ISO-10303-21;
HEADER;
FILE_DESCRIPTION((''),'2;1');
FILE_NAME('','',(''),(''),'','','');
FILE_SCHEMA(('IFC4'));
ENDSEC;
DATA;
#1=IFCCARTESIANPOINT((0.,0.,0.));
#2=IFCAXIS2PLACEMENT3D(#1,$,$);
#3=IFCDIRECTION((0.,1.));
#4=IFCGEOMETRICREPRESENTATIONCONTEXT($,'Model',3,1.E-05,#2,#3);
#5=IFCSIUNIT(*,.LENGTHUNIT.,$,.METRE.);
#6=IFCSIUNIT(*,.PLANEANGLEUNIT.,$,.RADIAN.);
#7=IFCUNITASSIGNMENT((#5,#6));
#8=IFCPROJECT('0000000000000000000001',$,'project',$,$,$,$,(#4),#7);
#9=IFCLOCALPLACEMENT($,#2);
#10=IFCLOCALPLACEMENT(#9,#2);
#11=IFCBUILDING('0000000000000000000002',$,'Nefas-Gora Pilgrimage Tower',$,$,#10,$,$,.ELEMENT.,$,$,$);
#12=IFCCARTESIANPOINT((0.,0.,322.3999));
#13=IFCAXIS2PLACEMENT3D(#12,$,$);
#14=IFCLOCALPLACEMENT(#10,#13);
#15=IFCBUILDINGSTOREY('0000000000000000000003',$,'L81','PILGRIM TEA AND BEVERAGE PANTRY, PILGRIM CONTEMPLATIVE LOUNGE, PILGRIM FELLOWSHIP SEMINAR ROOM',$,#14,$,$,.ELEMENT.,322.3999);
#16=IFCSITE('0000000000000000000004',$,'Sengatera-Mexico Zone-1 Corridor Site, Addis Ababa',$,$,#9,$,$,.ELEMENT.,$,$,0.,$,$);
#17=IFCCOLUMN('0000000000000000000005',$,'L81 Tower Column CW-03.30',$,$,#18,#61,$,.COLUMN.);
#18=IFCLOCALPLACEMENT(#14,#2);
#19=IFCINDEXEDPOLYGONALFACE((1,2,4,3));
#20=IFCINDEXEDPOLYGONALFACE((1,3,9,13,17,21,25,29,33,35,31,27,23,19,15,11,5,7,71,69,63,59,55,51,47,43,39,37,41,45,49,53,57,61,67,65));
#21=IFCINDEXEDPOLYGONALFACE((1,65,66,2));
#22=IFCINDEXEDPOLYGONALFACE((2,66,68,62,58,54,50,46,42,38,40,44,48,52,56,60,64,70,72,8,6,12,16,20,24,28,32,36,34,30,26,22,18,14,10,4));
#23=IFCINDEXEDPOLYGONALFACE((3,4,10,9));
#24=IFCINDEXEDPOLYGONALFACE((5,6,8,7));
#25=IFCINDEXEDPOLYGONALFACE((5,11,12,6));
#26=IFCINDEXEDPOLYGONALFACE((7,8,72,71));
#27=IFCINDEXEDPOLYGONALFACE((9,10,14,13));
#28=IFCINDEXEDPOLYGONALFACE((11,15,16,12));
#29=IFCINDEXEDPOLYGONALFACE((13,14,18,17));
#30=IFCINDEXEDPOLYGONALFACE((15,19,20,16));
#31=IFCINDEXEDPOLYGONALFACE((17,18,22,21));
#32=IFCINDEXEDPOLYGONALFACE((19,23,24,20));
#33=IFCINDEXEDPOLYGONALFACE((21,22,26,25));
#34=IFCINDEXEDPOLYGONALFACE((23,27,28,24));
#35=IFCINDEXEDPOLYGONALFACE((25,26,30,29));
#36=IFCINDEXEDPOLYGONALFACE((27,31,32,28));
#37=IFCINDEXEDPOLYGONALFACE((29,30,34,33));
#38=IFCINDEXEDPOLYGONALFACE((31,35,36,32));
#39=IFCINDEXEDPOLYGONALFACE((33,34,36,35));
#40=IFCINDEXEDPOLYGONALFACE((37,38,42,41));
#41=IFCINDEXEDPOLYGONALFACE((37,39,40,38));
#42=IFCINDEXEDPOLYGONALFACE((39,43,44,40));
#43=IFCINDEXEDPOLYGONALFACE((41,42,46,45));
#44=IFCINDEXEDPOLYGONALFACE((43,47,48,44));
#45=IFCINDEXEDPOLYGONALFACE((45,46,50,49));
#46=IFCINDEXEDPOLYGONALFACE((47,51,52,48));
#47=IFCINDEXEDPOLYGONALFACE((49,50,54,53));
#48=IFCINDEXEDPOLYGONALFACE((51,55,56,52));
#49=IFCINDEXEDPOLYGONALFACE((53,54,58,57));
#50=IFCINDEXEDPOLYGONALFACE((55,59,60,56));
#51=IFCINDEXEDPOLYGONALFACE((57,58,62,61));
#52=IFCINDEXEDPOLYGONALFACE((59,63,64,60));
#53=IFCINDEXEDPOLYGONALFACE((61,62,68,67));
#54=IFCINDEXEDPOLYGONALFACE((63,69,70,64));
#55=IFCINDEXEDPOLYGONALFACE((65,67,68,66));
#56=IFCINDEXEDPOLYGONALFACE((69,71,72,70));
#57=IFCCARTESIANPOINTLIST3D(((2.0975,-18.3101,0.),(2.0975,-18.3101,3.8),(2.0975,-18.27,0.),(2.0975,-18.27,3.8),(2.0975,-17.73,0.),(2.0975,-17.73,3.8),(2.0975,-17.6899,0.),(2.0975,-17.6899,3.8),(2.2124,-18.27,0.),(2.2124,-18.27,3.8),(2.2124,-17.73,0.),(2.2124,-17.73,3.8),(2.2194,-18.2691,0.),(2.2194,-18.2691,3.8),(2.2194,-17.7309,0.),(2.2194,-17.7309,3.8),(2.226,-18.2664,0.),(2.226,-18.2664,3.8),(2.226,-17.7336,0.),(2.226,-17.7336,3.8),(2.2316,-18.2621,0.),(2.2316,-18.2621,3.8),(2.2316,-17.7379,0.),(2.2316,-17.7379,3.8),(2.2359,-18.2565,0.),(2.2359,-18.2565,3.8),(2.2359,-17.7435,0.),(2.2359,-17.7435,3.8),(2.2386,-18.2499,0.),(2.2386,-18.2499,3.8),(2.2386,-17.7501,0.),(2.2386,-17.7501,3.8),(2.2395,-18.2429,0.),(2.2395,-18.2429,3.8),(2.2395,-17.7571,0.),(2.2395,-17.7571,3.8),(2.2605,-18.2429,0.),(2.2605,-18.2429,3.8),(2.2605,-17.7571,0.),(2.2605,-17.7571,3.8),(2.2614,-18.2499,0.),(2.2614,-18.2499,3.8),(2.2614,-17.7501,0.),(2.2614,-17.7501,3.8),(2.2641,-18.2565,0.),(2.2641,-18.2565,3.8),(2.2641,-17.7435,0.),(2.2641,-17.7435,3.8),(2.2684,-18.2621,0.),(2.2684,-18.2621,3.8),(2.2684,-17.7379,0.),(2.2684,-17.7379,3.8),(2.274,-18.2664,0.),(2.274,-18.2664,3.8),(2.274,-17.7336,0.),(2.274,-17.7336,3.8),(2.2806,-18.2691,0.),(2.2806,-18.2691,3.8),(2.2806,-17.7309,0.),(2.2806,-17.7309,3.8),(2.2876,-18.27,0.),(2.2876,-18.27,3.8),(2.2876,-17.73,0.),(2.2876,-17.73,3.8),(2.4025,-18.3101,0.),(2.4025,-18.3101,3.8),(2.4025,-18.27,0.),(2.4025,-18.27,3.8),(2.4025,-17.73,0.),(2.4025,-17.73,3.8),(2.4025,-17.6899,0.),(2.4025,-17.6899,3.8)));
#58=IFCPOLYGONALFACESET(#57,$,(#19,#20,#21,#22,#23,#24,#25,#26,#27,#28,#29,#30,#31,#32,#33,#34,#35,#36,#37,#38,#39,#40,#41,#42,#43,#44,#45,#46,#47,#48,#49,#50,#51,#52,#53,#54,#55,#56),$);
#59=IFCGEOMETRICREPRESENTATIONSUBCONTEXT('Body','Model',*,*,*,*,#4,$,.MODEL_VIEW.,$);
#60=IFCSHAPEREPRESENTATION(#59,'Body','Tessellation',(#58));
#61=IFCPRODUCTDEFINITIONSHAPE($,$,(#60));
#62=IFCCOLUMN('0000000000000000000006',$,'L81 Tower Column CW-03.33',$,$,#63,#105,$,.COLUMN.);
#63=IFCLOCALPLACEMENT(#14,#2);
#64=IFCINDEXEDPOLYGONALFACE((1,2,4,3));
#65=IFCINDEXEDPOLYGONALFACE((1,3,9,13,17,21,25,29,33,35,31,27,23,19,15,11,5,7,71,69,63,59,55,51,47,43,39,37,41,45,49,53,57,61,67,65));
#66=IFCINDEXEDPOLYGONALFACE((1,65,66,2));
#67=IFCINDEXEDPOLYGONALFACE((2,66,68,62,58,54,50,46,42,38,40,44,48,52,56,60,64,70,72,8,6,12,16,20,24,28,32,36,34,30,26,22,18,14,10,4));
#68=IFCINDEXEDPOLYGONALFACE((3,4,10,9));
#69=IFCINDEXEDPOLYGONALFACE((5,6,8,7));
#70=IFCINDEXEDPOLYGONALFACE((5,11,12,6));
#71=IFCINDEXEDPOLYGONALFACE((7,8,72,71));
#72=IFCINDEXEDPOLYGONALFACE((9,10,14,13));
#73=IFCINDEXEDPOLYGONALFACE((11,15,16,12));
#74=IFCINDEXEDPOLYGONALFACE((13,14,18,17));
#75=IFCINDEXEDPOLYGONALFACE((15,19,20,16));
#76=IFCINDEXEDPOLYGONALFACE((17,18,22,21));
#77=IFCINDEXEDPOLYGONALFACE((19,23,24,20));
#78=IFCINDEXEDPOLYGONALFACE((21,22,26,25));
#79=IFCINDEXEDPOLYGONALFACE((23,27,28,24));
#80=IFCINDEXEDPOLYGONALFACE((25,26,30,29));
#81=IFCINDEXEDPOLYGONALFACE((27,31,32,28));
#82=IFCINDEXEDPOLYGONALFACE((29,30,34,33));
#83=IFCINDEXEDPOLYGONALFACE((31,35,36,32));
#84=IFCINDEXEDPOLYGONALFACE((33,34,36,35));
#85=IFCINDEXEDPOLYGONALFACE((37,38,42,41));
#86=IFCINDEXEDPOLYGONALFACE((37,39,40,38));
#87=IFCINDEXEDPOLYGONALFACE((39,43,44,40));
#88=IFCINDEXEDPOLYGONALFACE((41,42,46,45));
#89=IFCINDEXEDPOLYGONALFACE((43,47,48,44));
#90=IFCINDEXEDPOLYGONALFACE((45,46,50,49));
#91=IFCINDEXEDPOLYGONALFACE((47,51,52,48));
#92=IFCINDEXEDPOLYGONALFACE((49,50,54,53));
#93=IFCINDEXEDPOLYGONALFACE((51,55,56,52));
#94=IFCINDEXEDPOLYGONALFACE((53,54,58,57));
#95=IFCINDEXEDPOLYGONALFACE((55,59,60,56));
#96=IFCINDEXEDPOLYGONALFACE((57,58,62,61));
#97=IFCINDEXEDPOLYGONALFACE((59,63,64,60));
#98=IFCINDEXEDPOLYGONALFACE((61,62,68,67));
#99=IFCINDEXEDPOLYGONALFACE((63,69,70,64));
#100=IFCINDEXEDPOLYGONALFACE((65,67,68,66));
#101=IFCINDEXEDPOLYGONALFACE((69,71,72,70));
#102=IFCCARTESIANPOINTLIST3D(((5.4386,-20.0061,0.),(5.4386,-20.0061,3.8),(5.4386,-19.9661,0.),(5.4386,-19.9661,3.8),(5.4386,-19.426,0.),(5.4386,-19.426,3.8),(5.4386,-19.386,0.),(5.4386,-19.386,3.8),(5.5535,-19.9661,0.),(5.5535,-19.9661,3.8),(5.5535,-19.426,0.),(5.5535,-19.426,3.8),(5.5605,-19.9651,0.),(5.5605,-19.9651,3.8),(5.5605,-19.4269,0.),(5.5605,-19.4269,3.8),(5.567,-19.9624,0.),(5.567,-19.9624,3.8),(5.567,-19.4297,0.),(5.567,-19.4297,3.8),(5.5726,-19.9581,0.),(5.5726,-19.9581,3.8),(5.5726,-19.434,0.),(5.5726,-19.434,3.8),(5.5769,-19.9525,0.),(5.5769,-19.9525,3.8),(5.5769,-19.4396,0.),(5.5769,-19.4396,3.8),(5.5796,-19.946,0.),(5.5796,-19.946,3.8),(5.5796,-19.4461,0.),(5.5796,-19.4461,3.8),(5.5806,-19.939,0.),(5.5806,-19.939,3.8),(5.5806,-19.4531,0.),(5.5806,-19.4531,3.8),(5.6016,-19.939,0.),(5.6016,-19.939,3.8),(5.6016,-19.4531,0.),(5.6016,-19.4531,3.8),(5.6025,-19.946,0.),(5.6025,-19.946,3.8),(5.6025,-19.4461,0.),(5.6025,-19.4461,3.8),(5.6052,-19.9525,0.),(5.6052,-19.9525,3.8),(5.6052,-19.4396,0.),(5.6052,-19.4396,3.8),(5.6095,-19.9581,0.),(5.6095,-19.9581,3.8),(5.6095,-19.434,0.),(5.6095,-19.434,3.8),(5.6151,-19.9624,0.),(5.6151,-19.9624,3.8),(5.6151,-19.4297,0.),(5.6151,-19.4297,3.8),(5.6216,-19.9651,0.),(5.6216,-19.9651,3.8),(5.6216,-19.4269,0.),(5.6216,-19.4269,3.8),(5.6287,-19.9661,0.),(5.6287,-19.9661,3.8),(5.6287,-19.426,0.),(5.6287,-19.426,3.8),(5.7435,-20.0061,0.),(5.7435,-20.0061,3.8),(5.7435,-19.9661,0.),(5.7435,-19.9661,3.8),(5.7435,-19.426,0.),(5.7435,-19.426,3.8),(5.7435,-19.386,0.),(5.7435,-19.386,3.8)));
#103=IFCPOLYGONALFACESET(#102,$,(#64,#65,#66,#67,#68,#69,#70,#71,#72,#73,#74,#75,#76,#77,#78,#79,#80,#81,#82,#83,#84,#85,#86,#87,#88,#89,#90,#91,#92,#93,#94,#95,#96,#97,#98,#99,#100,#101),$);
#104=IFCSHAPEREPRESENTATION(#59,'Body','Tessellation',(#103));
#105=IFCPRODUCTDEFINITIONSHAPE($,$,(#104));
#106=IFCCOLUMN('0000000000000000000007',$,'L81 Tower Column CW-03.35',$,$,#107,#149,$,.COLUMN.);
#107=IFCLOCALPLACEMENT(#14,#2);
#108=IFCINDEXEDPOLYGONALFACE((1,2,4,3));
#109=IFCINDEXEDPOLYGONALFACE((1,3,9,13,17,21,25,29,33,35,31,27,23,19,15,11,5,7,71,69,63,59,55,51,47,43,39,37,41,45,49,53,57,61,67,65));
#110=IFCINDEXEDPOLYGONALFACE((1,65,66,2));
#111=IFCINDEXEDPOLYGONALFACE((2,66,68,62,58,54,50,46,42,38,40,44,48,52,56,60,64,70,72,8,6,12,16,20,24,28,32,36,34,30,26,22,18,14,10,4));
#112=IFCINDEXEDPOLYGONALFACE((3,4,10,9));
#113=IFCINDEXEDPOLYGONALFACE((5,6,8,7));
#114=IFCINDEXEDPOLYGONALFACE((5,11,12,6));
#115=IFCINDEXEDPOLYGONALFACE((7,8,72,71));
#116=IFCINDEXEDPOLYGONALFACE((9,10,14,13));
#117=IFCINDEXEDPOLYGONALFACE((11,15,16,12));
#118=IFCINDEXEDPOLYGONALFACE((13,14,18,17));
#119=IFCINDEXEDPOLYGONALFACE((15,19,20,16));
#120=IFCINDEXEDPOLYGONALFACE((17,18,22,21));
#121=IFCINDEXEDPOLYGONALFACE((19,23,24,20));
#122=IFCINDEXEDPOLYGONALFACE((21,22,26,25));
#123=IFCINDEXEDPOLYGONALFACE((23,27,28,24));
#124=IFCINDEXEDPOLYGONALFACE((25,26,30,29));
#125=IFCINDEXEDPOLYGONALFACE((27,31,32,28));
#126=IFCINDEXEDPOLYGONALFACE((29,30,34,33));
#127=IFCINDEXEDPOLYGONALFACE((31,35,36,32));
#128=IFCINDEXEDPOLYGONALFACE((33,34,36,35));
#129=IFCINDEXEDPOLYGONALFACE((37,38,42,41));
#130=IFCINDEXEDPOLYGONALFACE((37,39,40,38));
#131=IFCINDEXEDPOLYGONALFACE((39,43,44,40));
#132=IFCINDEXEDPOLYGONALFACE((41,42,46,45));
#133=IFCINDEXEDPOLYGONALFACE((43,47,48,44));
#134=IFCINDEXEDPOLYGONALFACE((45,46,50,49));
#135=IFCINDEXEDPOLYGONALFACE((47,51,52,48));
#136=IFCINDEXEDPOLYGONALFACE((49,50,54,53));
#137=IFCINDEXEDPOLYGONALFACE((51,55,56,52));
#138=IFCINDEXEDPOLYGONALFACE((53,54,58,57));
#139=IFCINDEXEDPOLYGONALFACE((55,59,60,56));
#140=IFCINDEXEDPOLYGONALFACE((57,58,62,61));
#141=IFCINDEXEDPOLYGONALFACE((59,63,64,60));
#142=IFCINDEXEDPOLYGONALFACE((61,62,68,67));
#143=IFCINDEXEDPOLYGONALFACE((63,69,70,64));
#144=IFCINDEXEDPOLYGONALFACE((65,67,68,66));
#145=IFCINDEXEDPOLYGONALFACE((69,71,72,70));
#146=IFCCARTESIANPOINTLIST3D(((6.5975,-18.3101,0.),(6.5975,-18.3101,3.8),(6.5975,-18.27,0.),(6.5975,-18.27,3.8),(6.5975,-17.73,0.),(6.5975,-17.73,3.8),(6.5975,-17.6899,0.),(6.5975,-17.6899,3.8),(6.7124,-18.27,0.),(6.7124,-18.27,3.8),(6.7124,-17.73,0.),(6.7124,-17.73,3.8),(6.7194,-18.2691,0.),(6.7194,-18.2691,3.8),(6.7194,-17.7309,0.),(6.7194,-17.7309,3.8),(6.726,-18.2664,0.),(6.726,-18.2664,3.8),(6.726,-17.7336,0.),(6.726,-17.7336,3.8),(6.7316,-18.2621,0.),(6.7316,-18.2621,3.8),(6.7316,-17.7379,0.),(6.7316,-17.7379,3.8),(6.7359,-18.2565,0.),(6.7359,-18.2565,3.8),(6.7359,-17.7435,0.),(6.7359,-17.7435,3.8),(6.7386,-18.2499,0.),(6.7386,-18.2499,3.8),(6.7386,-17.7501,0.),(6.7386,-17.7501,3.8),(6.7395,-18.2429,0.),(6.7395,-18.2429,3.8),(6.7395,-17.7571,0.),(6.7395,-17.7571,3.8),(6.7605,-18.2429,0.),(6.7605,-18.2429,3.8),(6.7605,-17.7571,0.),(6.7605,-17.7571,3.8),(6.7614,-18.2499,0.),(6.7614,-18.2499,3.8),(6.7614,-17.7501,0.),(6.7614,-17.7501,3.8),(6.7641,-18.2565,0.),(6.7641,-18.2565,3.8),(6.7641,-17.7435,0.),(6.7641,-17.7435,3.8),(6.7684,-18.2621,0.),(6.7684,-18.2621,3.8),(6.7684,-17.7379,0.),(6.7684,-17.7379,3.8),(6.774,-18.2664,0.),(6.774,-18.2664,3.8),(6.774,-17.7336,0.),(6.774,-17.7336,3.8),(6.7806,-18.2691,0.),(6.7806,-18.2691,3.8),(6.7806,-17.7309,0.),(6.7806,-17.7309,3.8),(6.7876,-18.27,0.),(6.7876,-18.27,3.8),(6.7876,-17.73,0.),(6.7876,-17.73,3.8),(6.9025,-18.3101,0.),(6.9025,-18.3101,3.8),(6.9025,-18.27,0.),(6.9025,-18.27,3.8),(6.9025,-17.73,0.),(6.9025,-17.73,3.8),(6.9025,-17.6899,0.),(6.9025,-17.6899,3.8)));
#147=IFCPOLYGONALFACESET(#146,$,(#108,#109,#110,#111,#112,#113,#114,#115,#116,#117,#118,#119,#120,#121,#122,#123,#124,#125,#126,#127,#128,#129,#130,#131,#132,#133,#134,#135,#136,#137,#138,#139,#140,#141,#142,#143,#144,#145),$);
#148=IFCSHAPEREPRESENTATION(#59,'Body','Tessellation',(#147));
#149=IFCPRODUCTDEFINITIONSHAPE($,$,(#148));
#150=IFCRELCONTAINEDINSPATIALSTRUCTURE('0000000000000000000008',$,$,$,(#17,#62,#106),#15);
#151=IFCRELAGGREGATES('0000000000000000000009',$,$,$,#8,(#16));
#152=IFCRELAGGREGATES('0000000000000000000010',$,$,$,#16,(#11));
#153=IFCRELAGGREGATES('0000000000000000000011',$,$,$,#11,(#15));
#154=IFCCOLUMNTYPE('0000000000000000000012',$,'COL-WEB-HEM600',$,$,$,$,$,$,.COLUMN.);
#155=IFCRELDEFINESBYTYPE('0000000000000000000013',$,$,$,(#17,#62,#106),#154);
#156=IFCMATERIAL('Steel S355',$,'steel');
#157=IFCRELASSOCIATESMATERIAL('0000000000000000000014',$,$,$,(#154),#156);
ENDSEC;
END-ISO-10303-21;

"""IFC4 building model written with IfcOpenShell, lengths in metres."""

from ifc_helpers import new_model, si_unit, direction, frame, origin, origin_2d, place, context, subcontext, project, spatial, i_section, extrude, source, transform, mapped, material, material_profile, profile_set, type_object, element, save


model = new_model("IFC4")

# Units and contexts
model_context = context("Model", 3, precision=1e-05, world=origin(), true_north=direction((0.0, 1.0)))
body_context = subcontext(model_context, "Body", "Model", "MODEL_VIEW")
ifc_project = project(units=[si_unit("LENGTHUNIT", "METRE"), si_unit("PLANEANGLEUNIT", "RADIAN")], contexts=[model_context])

# Site, building, storey
site_placement = place(None, origin())
site = spatial("IfcSite", under=ifc_project, at=site_placement, Name="Sengatera-Mexico Zone-1 Corridor Site, Addis Ababa", CompositionType="ELEMENT", RefElevation=0.0)
building_placement = place(site_placement, origin())
building = spatial("IfcBuilding", under=site, at=building_placement, Name="Nefas-Gora Pilgrimage Tower", CompositionType="ELEMENT")
storey_placement = place(building_placement, frame((0.0, 0.0, 322.3999)))
storey = spatial("IfcBuildingStorey", under=building, at=storey_placement, Name="L81", Description="PILGRIM TEA AND BEVERAGE PANTRY, PILGRIM CONTEMPLATIVE LOUNGE, PILGRIM FELLOWSHIP SEMINAR ROOM", CompositionType="ELEMENT", Elevation=322.3999)

# Columns
ifc_material_1 = material(Name="Steel S355", Category="steel")
ifc_material_profile_1 = material_profile(ifc_material_1, i_section(OverallWidth=0.3049, OverallDepth=0.6201, WebThickness=0.021, FlangeThickness=0.04, FilletRadius=0.0271, at=origin_2d()), Name="HEM 600")
ifc_profile_set_1 = profile_set([ifc_material_profile_1], Name="Steel S355")
column_type_1 = type_object("IfcColumnType", Name="COL-WEB-HEM600", PredefinedType="COLUMN", material=ifc_profile_set_1)
shared_shape_1 = source(origin(), body_context, "Body", "SweptSolid", [
    extrude(i_section(OverallWidth=0.3049, OverallDepth=0.6201, WebThickness=0.021, FlangeThickness=0.04, FilletRadius=0.0271, at=origin_2d()), origin(), (0.0, 0.0, 1.0), 3.8),
])
for number, where, z_axis, x_axis, name in (
    (1, (2.25, -18.0, 0.0), (0.0, 0.0, 1.0), (1.0, 0.0, 0.0), "L81 Tower Column CW-03.30"),
    (2, (5.5911, -19.696, 0.0), (0.0, 0.0, 1.0), (1.0, 0.0, 0.0), "L81 Tower Column CW-03.33"),
    (3, (6.75, -18.0, 0.0), (0.0, 0.0, 1.0), (1.0, 0.0, 0.0), "L81 Tower Column CW-03.35"),
):
    element("IfcColumn", number, at=place(storey_placement, frame(where, z_axis=z_axis, x_axis=x_axis)), inside=storey, type_object=column_type_1, Name=name, PredefinedType="COLUMN", context=body_context, shape_type="MappedRepresentation", body=[
        mapped(shared_shape_1, transform((0.0, 0.0, 0.0), x_axis=(1.0, 0.0, 0.0), y_axis=(0.0, 1.0, 0.0), z_axis=(0.0, 0.0, 1.0), scale=1.0)),
    ])

save(model, "model.ifc")
